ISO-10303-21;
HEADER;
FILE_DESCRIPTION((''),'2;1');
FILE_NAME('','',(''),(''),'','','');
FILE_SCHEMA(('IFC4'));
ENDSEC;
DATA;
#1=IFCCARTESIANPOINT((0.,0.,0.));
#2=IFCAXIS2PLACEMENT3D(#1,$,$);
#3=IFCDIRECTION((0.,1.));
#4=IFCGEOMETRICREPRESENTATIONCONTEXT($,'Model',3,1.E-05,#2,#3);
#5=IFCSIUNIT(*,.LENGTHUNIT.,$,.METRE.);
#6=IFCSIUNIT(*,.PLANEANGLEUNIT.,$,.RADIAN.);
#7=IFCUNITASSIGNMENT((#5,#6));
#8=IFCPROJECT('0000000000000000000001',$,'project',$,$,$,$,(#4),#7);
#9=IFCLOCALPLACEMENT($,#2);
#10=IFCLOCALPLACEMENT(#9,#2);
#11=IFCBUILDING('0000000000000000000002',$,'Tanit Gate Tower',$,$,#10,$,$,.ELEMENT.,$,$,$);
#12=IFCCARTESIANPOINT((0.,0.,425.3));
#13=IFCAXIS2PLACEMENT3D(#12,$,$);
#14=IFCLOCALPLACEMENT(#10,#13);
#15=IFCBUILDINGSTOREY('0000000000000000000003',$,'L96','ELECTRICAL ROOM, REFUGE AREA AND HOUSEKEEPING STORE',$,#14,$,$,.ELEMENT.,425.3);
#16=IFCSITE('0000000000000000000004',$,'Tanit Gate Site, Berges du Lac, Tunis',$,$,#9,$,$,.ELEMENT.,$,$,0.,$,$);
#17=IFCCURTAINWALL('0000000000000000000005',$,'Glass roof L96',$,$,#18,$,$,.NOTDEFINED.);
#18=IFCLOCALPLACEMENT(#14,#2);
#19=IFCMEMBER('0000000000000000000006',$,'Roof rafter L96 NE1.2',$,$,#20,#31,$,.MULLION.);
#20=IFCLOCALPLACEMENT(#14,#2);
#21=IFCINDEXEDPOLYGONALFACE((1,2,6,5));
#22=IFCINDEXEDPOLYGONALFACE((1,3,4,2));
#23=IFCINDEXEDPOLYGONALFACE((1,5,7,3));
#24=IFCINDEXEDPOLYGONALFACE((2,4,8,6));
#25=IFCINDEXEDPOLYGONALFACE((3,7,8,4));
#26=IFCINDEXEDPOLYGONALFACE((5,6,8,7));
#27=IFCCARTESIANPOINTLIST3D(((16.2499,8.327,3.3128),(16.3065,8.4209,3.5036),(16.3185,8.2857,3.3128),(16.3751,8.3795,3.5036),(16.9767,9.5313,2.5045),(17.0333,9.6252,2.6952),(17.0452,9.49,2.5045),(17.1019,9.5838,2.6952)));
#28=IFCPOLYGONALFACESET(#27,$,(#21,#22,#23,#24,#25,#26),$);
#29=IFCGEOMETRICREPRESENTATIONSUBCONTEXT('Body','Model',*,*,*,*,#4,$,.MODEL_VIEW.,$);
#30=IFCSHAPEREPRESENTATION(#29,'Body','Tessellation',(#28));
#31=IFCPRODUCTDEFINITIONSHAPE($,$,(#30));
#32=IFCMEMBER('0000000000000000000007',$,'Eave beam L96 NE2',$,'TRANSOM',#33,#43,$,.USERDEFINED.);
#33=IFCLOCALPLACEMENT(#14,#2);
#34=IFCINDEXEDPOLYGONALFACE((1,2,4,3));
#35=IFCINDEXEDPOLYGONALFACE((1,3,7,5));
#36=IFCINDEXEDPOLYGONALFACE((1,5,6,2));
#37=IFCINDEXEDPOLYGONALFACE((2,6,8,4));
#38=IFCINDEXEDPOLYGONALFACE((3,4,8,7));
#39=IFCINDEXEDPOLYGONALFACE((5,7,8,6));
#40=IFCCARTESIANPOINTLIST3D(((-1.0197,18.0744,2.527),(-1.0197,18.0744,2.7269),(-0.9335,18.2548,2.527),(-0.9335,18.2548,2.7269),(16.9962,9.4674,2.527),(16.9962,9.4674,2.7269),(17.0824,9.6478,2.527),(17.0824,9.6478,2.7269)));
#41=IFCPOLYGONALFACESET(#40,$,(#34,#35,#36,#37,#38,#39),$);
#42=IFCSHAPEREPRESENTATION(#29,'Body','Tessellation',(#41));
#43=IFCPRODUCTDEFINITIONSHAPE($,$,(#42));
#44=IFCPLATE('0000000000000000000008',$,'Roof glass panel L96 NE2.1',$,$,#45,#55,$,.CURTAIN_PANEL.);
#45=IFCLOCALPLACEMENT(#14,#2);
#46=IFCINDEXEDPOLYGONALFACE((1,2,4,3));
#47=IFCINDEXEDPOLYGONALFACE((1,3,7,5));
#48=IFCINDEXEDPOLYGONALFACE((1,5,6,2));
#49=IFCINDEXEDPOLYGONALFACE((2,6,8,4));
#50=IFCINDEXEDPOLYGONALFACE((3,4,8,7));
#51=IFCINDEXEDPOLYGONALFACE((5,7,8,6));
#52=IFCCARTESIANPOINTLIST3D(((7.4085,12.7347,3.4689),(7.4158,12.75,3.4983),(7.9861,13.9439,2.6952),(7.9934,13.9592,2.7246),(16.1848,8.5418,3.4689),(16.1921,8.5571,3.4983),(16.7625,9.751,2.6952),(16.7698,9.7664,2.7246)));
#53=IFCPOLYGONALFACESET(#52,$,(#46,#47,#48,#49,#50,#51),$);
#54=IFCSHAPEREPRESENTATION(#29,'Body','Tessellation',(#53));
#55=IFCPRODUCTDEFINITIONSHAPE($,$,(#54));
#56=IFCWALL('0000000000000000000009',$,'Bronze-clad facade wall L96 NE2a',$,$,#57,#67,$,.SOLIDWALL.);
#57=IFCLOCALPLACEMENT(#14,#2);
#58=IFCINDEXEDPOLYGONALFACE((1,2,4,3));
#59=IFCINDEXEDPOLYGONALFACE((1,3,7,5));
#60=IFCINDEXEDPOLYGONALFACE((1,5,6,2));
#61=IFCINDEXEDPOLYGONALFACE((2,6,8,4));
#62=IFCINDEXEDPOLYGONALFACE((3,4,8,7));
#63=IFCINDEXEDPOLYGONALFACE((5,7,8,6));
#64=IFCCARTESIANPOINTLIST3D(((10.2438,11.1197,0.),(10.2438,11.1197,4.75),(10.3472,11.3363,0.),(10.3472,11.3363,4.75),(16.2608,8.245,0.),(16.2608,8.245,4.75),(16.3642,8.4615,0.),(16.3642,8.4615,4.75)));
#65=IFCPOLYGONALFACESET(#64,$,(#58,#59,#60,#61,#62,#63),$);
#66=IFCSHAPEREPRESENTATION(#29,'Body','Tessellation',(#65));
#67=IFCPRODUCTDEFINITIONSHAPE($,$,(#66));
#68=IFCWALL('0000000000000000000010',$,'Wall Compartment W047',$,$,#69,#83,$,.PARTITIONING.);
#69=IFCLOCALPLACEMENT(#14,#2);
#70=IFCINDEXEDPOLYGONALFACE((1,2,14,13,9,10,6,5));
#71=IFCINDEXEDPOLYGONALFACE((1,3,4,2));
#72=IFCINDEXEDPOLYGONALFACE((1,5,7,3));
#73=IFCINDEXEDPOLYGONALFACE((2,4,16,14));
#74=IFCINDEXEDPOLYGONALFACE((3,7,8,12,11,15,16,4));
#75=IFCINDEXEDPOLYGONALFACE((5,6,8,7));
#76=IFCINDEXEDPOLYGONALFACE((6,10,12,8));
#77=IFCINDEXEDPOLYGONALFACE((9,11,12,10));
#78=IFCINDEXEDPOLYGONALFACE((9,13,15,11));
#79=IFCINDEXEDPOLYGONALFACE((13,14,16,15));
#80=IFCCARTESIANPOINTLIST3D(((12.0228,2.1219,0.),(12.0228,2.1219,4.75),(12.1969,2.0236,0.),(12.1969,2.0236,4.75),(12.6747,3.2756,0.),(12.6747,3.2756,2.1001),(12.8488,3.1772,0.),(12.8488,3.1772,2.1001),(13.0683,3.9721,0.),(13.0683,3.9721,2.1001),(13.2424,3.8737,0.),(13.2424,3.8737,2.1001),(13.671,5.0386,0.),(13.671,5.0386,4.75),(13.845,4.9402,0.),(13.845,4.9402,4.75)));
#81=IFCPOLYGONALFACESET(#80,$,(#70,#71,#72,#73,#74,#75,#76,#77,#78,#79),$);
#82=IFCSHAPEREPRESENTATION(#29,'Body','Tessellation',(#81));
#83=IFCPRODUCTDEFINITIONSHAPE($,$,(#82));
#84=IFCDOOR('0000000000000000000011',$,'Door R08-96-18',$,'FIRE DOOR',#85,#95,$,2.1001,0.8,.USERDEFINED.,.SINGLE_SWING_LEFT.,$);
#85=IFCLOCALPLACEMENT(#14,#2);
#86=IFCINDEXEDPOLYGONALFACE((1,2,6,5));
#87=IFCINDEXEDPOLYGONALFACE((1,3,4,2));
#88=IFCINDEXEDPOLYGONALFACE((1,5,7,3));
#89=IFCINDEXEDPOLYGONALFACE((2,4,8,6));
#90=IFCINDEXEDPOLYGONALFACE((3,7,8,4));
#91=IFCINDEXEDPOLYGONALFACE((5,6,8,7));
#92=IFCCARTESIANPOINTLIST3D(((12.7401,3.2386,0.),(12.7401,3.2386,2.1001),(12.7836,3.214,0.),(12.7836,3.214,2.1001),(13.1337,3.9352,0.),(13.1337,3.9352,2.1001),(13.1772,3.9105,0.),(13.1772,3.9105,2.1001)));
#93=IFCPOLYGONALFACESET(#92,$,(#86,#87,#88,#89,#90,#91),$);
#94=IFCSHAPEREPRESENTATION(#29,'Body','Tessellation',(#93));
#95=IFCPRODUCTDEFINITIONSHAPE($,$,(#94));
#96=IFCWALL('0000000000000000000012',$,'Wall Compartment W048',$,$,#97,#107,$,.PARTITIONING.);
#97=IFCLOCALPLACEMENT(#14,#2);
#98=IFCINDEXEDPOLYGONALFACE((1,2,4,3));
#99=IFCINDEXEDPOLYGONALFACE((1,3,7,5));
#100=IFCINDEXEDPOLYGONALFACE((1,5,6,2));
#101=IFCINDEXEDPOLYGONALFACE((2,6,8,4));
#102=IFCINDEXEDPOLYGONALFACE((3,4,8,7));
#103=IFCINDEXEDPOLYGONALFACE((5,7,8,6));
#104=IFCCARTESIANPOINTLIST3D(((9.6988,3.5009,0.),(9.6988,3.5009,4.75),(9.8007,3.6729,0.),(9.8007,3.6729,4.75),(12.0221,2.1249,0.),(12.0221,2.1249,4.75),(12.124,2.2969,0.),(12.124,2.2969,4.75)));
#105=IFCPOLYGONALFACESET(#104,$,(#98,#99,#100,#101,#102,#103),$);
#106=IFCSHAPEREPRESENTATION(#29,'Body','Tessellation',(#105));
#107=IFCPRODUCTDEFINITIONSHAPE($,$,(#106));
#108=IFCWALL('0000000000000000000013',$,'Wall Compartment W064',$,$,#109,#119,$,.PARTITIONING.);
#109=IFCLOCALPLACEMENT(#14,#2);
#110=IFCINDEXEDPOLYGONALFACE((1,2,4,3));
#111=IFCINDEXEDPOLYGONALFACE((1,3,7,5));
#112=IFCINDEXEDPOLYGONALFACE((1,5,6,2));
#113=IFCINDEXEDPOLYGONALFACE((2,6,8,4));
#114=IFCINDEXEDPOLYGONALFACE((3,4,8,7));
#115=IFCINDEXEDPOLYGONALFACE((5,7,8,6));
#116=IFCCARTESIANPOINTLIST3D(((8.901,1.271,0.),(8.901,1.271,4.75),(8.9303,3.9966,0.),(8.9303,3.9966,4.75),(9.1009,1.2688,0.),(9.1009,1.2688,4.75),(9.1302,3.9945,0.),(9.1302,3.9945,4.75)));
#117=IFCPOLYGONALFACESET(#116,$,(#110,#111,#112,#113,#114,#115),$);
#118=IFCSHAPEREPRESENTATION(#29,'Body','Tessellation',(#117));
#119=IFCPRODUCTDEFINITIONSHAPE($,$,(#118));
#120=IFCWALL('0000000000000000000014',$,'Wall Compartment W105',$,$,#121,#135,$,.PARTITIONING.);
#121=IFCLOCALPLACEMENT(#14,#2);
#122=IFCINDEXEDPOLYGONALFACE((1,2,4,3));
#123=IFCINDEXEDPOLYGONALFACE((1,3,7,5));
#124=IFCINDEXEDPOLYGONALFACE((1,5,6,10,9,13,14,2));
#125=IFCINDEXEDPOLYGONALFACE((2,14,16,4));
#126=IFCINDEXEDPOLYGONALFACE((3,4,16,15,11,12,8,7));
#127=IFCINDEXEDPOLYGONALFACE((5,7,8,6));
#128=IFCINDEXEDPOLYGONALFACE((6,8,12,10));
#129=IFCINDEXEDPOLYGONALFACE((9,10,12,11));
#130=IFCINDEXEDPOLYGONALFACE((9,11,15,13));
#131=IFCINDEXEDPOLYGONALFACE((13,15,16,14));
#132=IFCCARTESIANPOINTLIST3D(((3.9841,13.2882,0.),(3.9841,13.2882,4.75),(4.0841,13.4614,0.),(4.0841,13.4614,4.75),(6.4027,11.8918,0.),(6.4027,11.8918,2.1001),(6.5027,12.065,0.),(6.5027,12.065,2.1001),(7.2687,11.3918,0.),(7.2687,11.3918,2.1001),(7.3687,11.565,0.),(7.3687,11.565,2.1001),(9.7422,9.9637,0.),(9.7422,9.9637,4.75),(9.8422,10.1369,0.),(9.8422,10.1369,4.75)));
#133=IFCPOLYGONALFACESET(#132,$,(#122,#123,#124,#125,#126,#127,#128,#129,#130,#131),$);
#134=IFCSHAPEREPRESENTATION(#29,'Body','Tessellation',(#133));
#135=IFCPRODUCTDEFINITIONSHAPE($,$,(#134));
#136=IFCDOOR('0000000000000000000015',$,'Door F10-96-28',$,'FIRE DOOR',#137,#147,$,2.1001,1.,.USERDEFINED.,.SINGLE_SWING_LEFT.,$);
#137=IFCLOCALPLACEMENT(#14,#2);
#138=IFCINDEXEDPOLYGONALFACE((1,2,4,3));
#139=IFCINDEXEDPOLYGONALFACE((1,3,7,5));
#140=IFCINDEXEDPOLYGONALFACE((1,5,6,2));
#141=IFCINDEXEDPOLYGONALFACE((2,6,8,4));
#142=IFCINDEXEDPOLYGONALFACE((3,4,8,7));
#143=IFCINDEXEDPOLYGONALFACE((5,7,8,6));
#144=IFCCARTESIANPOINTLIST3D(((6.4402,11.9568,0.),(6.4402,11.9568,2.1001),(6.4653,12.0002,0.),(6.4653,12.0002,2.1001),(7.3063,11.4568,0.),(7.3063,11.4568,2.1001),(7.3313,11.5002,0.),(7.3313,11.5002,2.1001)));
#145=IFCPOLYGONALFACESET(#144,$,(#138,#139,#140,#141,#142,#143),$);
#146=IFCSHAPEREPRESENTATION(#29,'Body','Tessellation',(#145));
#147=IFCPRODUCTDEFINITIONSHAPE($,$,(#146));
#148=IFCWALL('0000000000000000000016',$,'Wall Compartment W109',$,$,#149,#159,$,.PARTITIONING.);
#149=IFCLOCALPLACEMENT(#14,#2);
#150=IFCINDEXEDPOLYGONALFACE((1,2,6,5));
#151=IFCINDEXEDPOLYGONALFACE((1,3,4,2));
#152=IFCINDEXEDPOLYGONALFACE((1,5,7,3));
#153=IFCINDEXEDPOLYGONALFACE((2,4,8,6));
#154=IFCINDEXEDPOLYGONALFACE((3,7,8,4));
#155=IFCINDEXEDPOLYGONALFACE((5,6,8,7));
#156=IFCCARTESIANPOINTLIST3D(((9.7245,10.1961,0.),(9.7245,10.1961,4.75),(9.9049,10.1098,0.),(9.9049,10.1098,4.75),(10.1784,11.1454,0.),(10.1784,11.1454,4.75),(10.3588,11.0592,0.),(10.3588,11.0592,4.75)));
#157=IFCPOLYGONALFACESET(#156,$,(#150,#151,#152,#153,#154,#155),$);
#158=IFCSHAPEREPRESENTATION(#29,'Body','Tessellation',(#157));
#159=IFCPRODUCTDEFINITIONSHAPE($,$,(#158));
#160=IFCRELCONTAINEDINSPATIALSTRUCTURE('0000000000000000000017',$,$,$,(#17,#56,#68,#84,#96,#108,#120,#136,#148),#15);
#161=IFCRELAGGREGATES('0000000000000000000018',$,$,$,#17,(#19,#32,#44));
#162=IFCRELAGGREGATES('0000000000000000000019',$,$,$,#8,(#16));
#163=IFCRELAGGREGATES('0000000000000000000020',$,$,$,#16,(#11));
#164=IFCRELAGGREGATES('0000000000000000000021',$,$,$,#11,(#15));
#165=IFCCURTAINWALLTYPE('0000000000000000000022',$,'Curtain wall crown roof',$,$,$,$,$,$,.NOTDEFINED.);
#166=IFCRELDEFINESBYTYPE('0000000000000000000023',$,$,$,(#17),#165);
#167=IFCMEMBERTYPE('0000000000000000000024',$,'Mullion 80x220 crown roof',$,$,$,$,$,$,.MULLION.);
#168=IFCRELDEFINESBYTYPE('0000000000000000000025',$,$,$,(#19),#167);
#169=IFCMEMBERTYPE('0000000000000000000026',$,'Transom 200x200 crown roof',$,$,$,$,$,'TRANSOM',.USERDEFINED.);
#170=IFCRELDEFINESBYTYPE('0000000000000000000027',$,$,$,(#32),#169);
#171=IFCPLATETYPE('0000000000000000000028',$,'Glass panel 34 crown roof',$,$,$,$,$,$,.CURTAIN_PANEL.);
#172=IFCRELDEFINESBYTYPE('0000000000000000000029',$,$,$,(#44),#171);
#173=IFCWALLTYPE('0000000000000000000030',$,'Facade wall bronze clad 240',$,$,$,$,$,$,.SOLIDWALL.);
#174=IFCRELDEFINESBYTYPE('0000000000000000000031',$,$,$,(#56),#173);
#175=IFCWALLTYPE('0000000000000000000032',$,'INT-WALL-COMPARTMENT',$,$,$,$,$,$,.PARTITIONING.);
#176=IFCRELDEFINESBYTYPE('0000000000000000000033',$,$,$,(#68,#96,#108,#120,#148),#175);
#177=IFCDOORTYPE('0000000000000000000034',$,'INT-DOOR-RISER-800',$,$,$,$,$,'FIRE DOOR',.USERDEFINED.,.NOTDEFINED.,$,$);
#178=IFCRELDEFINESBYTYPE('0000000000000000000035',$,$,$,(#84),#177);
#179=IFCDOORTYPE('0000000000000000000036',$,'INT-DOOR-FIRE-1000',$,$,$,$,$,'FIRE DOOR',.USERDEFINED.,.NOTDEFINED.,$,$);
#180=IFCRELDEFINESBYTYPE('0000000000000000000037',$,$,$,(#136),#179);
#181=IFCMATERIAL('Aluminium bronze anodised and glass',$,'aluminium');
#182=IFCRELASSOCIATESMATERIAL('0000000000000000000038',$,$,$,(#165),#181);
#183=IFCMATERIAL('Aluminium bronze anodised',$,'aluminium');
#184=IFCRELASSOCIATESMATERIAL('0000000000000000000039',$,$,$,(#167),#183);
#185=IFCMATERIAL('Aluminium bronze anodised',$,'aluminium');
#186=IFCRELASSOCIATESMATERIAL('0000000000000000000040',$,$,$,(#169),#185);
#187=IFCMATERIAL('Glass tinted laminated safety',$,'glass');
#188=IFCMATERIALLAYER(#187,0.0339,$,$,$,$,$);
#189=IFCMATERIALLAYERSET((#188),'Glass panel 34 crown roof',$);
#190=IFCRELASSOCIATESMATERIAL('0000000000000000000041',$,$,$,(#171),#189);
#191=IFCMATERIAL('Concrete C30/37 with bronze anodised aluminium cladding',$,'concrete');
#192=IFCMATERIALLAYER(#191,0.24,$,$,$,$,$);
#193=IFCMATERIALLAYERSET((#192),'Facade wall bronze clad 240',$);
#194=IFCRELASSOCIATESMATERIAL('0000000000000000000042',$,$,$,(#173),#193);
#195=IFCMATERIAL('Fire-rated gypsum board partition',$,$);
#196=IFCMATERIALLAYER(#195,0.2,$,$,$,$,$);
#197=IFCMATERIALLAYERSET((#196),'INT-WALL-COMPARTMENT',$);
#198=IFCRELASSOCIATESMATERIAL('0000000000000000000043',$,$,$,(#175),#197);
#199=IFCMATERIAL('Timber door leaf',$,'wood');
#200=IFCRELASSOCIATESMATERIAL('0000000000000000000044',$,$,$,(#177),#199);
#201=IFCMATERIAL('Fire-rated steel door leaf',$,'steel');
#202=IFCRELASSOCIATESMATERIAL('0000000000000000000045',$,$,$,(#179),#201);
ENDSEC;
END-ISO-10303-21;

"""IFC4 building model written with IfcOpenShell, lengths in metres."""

from ifc_helpers import new_model, si_unit, direction, frame, frame_2d, origin, origin_2d, place, context, subcontext, project, spatial, polyline, rectangle, outline, extrude, material, layer, layer_set, material_profile, profile_set, type_object, element, fill, aggregate, save


model = new_model("IFC4")

# Units and contexts
model_context = context("Model", 3, precision=1e-05, world=origin(), true_north=direction((0.0, 1.0)))
body_context = subcontext(model_context, "Body", "Model", "MODEL_VIEW")
ifc_project = project(units=[si_unit("LENGTHUNIT", "METRE"), si_unit("PLANEANGLEUNIT", "RADIAN")], contexts=[model_context])

# Site, building, storey
site_placement = place(None, origin())
site = spatial("IfcSite", under=ifc_project, at=site_placement, Name="Tanit Gate Site, Berges du Lac, Tunis", CompositionType="ELEMENT", RefElevation=0.0)
building_placement = place(site_placement, origin())
building = spatial("IfcBuilding", under=site, at=building_placement, Name="Tanit Gate Tower", CompositionType="ELEMENT")
storey_placement = place(building_placement, frame((0.0, 0.0, 425.3)))
storey = spatial("IfcBuildingStorey", under=building, at=storey_placement, Name="L96", Description="ELECTRICAL ROOM, REFUGE AREA AND HOUSEKEEPING STORE", CompositionType="ELEMENT", Elevation=425.3)

# Curtain wall, members, plate
ifc_material_1 = material(Name="Aluminium bronze anodised and glass", Category="aluminium")
curtain_wall_type = type_object("IfcCurtainWallType", Name="Curtain wall crown roof", PredefinedType="NOTDEFINED", material=ifc_material_1)
curtain_wall_placement = place(storey_placement, origin())
curtain_wall = element("IfcCurtainWall", 1, at=curtain_wall_placement, inside=storey, type_object=curtain_wall_type, Name="Glass roof L96", PredefinedType="NOTDEFINED")
ifc_material_2 = material(Name="Aluminium bronze anodised", Category="aluminium")
ifc_material_profile_1 = material_profile(ifc_material_2, rectangle(XDim=0.0801, YDim=0.22, at=origin_2d()), Name="80x220 bronze rafter")
ifc_profile_set_1 = profile_set([ifc_material_profile_1], Name="Aluminium bronze anodised")
member_type_1 = type_object("IfcMemberType", Name="Mullion 80x220 crown roof", PredefinedType="MULLION", material=ifc_profile_set_1)
member_1_placement = place(storey_placement, frame((16.3125, 8.3533, 3.4082), z_axis=(0.447987, 0.742331, -0.498248), x_axis=(-0.856173, 0.516689, 0.0)))
member_1 = element("IfcMember", 2, at=member_1_placement, type_object=member_type_1, Name="Roof rafter L96 NE1.2", PredefinedType="MULLION", context=body_context, shape_type="SweptSolid", body=[
    extrude(rectangle(XDim=0.0801, YDim=0.22, at=origin_2d()), origin(), (0.0, 0.0, 1.0), 1.6223),
])
ifc_material_3 = material(Name="Aluminium bronze anodised", Category="aluminium")
ifc_material_profile_2 = material_profile(ifc_material_3, rectangle(XDim=0.2, YDim=0.2, at=origin_2d()), Name="200x200 bronze transom")
ifc_profile_set_2 = profile_set([ifc_material_profile_2], Name="Aluminium bronze anodised")
member_type_2 = type_object("IfcMemberType", Name="Transom 200x200 crown roof", ElementType="TRANSOM", PredefinedType="USERDEFINED", material=ifc_profile_set_2)
member_2_placement = place(storey_placement, frame((17.0393, 9.5576, 2.627), z_axis=(-0.902316, 0.431074, 0.0), x_axis=(-0.431074, -0.902316, 0.0)))
member_2 = element("IfcMember", 3, at=member_2_placement, type_object=member_type_2, Name="Eave beam L96 NE2", ObjectType="TRANSOM", PredefinedType="USERDEFINED", context=body_context, shape_type="SweptSolid", body=[
    extrude(rectangle(XDim=0.2, YDim=0.2, at=origin_2d()), origin(), (0.0, 0.0, 1.0), 19.9663),
])
ifc_material_4 = material(Name="Glass tinted laminated safety", Category="glass")
ifc_layer_1 = layer(ifc_material_4, 0.0339)
ifc_layer_set_1 = layer_set([ifc_layer_1], Name="Glass panel 34 crown roof")
plate_type = type_object("IfcPlateType", Name="Glass panel 34 crown roof", PredefinedType="CURTAIN_PANEL", material=ifc_layer_set_1)
plate_placement = place(storey_placement, frame((16.1921, 8.5571, 3.4983), z_axis=(0.215532, 0.451144, 0.866034), x_axis=(-0.902315, 0.431077, 0.0)))
plate = element("IfcPlate", 4, at=plate_placement, type_object=plate_type, Name="Roof glass panel L96 NE2.1", PredefinedType="CURTAIN_PANEL", context=body_context, shape_type="SweptSolid", body=[
    extrude(outline(polyline([(0.0, 0.0), (9.7265, 0.0), (9.7266, -1.5474), (0.0001, -1.5474), (0.0, 0.0)])), origin(), (0.0, 0.0, -1.0), 0.0339),
])
aggregate(curtain_wall, [member_1, member_2, plate])

# Wall
ifc_material_5 = material(Name="Concrete C30/37 with bronze anodised aluminium cladding", Category="concrete")
ifc_layer_2 = layer(ifc_material_5, 0.24)
ifc_layer_set_2 = layer_set([ifc_layer_2], Name="Facade wall bronze clad 240")
wall_type_1 = type_object("IfcWallType", Name="Facade wall bronze clad 240", PredefinedType="SOLIDWALL", material=ifc_layer_set_2)
wall_1_placement = place(storey_placement, frame((16.3125, 8.3533, 0.0), z_axis=(0.0, 0.0, 1.0), x_axis=(-0.902308, 0.431091, 0.0)))
element("IfcWall", 5, at=wall_1_placement, inside=storey, type_object=wall_type_1, Name="Bronze-clad facade wall L96 NE2a", PredefinedType="SOLIDWALL", context=body_context, shape_type="SweptSolid", body=[
    extrude(rectangle(XDim=6.6685, YDim=0.24, at=frame_2d((3.3342, 0.0))), origin(), (0.0, 0.0, 1.0), 4.75),
])

# Wall, opening, door
ifc_material_6 = material(Name="Fire-rated gypsum board partition")
ifc_layer_3 = layer(ifc_material_6, 0.2)
ifc_layer_set_3 = layer_set([ifc_layer_3], Name="INT-WALL-COMPARTMENT")
wall_type_2 = type_object("IfcWallType", Name="INT-WALL-COMPARTMENT", PredefinedType="PARTITIONING", material=ifc_layer_set_3)
wall_2_placement = place(storey_placement, frame((12.1099, 2.0728, 0.0), z_axis=(0.0, 0.0, 1.0), x_axis=(0.491966, 0.870614, 0.0)))
wall_2 = element("IfcWall", 6, at=wall_2_placement, inside=storey, type_object=wall_type_2, Name="Wall Compartment W047", PredefinedType="PARTITIONING", context=body_context, shape_type="SweptSolid", body=[
    extrude(rectangle(XDim=3.3501, YDim=0.2, at=frame_2d((1.675, 0.0))), origin(), (0.0, 0.0, 1.0), 4.75),
])
opening_1_placement = place(wall_2_placement, frame((1.3252, 0.0, 0.0)))
opening_1 = element("IfcOpeningElement", 7, at=opening_1_placement, cuts=wall_2, PredefinedType="OPENING", context=body_context, shape_type="SweptSolid", body=[
    extrude(rectangle(XDim=0.8, YDim=2.1001, at=frame_2d((0.3999, 1.05))), frame((0.0, 0.1099, 0.0), z_axis=(0.0, -1.0, 0.0), x_axis=(1.0, 0.0, 0.0)), (0.0, 0.0, 1.0), 0.22),
])
ifc_material_7 = material(Name="Timber door leaf", Category="wood")
door_type_1 = type_object("IfcDoorType", Name="INT-DOOR-RISER-800", ElementType="FIRE DOOR", OperationType="NOTDEFINED", PredefinedType="USERDEFINED", material=ifc_material_7)
door_1_placement = place(opening_1_placement, origin())
door_1 = element("IfcDoor", 8, at=door_1_placement, inside=storey, type_object=door_type_1, Name="Door R08-96-18", ObjectType="FIRE DOOR", OperationType="SINGLE_SWING_LEFT", OverallHeight=2.1001, OverallWidth=0.8, PredefinedType="USERDEFINED", context=body_context, shape_type="SweptSolid", body=[
    extrude(rectangle(XDim=0.8, YDim=2.1001, at=frame_2d((0.3999, 1.05))), frame((0.0, 0.0249, 0.0), z_axis=(0.0, -1.0, 0.0), x_axis=(1.0, 0.0, 0.0)), (0.0, 0.0, 1.0), 0.05),
])
fill(opening_1, door_1)

# Walls
wall_3_placement = place(storey_placement, frame((9.7498, 3.5869, 0.0), z_axis=(0.0, 0.0, 1.0), x_axis=(0.860415, -0.509594, 0.0)))
element("IfcWall", 9, at=wall_3_placement, inside=storey, type_object=wall_type_2, Name="Wall Compartment W048", PredefinedType="PARTITIONING", context=body_context, shape_type="SweptSolid", body=[
    extrude(rectangle(XDim=2.7002, YDim=0.2, at=frame_2d((1.3501, 0.0))), origin(), (0.0, 0.0, 1.0), 4.75),
])
wall_4_placement = place(storey_placement, frame((9.001, 1.27, 0.0), z_axis=(0.0, 0.0, 1.0), x_axis=(0.010748, 0.999942, 0.0)))
element("IfcWall", 10, at=wall_4_placement, inside=storey, type_object=wall_type_2, Name="Wall Compartment W064", PredefinedType="PARTITIONING", context=body_context, shape_type="SweptSolid", body=[
    extrude(rectangle(XDim=2.7258, YDim=0.2, at=frame_2d((1.3628, 0.0))), origin(), (0.0, 0.0, 1.0), 4.75),
])

# Wall, opening, door
wall_5_placement = place(storey_placement, frame((9.7922, 10.0503, 0.0), z_axis=(0.0, 0.0, 1.0), x_axis=(-0.866022, 0.500005, 0.0)))
wall_5 = element("IfcWall", 11, at=wall_5_placement, inside=storey, type_object=wall_type_2, Name="Wall Compartment W105", PredefinedType="PARTITIONING", context=body_context, shape_type="SweptSolid", body=[
    extrude(rectangle(XDim=6.6489, YDim=0.2, at=frame_2d((3.3245, 0.0))), origin(), (0.0, 0.0, 1.0), 4.75),
])
opening_2_placement = place(wall_5_placement, frame((2.8562, 0.0, 0.0)))
opening_2 = element("IfcOpeningElement", 12, at=opening_2_placement, cuts=wall_5, PredefinedType="OPENING", context=body_context, shape_type="SweptSolid", body=[
    extrude(rectangle(XDim=1.0, YDim=2.1001, at=frame_2d((0.5, 1.05))), frame((0.0, 0.1099, 0.0), z_axis=(0.0, -1.0, 0.0), x_axis=(1.0, 0.0, 0.0)), (0.0, 0.0, 1.0), 0.22),
])
ifc_material_8 = material(Name="Fire-rated steel door leaf", Category="steel")
door_type_2 = type_object("IfcDoorType", Name="INT-DOOR-FIRE-1000", ElementType="FIRE DOOR", OperationType="NOTDEFINED", PredefinedType="USERDEFINED", material=ifc_material_8)
door_2_placement = place(opening_2_placement, origin())
door_2 = element("IfcDoor", 13, at=door_2_placement, inside=storey, type_object=door_type_2, Name="Door F10-96-28", ObjectType="FIRE DOOR", OperationType="SINGLE_SWING_LEFT", OverallHeight=2.1001, OverallWidth=1.0, PredefinedType="USERDEFINED", context=body_context, shape_type="SweptSolid", body=[
    extrude(rectangle(XDim=1.0, YDim=2.1001, at=frame_2d((0.5, 1.05))), frame((0.0, 0.0249, 0.0), z_axis=(0.0, -1.0, 0.0), x_axis=(1.0, 0.0, 0.0)), (0.0, 0.0, 1.0), 0.05),
])
fill(opening_2, door_2)

# Wall
wall_6_placement = place(storey_placement, frame((10.2686, 11.1023, 0.0), z_axis=(0.0, 0.0, 1.0), x_axis=(-0.431275, -0.902221, 0.0)))
element("IfcWall", 14, at=wall_6_placement, inside=storey, type_object=wall_type_2, Name="Wall Compartment W109", PredefinedType="PARTITIONING", context=body_context, shape_type="SweptSolid", body=[
    extrude(rectangle(XDim=1.0522, YDim=0.2, at=frame_2d((0.5261, 0.0))), origin(), (0.0, 0.0, 1.0), 4.75),
])

save(model, "model.ifc")
